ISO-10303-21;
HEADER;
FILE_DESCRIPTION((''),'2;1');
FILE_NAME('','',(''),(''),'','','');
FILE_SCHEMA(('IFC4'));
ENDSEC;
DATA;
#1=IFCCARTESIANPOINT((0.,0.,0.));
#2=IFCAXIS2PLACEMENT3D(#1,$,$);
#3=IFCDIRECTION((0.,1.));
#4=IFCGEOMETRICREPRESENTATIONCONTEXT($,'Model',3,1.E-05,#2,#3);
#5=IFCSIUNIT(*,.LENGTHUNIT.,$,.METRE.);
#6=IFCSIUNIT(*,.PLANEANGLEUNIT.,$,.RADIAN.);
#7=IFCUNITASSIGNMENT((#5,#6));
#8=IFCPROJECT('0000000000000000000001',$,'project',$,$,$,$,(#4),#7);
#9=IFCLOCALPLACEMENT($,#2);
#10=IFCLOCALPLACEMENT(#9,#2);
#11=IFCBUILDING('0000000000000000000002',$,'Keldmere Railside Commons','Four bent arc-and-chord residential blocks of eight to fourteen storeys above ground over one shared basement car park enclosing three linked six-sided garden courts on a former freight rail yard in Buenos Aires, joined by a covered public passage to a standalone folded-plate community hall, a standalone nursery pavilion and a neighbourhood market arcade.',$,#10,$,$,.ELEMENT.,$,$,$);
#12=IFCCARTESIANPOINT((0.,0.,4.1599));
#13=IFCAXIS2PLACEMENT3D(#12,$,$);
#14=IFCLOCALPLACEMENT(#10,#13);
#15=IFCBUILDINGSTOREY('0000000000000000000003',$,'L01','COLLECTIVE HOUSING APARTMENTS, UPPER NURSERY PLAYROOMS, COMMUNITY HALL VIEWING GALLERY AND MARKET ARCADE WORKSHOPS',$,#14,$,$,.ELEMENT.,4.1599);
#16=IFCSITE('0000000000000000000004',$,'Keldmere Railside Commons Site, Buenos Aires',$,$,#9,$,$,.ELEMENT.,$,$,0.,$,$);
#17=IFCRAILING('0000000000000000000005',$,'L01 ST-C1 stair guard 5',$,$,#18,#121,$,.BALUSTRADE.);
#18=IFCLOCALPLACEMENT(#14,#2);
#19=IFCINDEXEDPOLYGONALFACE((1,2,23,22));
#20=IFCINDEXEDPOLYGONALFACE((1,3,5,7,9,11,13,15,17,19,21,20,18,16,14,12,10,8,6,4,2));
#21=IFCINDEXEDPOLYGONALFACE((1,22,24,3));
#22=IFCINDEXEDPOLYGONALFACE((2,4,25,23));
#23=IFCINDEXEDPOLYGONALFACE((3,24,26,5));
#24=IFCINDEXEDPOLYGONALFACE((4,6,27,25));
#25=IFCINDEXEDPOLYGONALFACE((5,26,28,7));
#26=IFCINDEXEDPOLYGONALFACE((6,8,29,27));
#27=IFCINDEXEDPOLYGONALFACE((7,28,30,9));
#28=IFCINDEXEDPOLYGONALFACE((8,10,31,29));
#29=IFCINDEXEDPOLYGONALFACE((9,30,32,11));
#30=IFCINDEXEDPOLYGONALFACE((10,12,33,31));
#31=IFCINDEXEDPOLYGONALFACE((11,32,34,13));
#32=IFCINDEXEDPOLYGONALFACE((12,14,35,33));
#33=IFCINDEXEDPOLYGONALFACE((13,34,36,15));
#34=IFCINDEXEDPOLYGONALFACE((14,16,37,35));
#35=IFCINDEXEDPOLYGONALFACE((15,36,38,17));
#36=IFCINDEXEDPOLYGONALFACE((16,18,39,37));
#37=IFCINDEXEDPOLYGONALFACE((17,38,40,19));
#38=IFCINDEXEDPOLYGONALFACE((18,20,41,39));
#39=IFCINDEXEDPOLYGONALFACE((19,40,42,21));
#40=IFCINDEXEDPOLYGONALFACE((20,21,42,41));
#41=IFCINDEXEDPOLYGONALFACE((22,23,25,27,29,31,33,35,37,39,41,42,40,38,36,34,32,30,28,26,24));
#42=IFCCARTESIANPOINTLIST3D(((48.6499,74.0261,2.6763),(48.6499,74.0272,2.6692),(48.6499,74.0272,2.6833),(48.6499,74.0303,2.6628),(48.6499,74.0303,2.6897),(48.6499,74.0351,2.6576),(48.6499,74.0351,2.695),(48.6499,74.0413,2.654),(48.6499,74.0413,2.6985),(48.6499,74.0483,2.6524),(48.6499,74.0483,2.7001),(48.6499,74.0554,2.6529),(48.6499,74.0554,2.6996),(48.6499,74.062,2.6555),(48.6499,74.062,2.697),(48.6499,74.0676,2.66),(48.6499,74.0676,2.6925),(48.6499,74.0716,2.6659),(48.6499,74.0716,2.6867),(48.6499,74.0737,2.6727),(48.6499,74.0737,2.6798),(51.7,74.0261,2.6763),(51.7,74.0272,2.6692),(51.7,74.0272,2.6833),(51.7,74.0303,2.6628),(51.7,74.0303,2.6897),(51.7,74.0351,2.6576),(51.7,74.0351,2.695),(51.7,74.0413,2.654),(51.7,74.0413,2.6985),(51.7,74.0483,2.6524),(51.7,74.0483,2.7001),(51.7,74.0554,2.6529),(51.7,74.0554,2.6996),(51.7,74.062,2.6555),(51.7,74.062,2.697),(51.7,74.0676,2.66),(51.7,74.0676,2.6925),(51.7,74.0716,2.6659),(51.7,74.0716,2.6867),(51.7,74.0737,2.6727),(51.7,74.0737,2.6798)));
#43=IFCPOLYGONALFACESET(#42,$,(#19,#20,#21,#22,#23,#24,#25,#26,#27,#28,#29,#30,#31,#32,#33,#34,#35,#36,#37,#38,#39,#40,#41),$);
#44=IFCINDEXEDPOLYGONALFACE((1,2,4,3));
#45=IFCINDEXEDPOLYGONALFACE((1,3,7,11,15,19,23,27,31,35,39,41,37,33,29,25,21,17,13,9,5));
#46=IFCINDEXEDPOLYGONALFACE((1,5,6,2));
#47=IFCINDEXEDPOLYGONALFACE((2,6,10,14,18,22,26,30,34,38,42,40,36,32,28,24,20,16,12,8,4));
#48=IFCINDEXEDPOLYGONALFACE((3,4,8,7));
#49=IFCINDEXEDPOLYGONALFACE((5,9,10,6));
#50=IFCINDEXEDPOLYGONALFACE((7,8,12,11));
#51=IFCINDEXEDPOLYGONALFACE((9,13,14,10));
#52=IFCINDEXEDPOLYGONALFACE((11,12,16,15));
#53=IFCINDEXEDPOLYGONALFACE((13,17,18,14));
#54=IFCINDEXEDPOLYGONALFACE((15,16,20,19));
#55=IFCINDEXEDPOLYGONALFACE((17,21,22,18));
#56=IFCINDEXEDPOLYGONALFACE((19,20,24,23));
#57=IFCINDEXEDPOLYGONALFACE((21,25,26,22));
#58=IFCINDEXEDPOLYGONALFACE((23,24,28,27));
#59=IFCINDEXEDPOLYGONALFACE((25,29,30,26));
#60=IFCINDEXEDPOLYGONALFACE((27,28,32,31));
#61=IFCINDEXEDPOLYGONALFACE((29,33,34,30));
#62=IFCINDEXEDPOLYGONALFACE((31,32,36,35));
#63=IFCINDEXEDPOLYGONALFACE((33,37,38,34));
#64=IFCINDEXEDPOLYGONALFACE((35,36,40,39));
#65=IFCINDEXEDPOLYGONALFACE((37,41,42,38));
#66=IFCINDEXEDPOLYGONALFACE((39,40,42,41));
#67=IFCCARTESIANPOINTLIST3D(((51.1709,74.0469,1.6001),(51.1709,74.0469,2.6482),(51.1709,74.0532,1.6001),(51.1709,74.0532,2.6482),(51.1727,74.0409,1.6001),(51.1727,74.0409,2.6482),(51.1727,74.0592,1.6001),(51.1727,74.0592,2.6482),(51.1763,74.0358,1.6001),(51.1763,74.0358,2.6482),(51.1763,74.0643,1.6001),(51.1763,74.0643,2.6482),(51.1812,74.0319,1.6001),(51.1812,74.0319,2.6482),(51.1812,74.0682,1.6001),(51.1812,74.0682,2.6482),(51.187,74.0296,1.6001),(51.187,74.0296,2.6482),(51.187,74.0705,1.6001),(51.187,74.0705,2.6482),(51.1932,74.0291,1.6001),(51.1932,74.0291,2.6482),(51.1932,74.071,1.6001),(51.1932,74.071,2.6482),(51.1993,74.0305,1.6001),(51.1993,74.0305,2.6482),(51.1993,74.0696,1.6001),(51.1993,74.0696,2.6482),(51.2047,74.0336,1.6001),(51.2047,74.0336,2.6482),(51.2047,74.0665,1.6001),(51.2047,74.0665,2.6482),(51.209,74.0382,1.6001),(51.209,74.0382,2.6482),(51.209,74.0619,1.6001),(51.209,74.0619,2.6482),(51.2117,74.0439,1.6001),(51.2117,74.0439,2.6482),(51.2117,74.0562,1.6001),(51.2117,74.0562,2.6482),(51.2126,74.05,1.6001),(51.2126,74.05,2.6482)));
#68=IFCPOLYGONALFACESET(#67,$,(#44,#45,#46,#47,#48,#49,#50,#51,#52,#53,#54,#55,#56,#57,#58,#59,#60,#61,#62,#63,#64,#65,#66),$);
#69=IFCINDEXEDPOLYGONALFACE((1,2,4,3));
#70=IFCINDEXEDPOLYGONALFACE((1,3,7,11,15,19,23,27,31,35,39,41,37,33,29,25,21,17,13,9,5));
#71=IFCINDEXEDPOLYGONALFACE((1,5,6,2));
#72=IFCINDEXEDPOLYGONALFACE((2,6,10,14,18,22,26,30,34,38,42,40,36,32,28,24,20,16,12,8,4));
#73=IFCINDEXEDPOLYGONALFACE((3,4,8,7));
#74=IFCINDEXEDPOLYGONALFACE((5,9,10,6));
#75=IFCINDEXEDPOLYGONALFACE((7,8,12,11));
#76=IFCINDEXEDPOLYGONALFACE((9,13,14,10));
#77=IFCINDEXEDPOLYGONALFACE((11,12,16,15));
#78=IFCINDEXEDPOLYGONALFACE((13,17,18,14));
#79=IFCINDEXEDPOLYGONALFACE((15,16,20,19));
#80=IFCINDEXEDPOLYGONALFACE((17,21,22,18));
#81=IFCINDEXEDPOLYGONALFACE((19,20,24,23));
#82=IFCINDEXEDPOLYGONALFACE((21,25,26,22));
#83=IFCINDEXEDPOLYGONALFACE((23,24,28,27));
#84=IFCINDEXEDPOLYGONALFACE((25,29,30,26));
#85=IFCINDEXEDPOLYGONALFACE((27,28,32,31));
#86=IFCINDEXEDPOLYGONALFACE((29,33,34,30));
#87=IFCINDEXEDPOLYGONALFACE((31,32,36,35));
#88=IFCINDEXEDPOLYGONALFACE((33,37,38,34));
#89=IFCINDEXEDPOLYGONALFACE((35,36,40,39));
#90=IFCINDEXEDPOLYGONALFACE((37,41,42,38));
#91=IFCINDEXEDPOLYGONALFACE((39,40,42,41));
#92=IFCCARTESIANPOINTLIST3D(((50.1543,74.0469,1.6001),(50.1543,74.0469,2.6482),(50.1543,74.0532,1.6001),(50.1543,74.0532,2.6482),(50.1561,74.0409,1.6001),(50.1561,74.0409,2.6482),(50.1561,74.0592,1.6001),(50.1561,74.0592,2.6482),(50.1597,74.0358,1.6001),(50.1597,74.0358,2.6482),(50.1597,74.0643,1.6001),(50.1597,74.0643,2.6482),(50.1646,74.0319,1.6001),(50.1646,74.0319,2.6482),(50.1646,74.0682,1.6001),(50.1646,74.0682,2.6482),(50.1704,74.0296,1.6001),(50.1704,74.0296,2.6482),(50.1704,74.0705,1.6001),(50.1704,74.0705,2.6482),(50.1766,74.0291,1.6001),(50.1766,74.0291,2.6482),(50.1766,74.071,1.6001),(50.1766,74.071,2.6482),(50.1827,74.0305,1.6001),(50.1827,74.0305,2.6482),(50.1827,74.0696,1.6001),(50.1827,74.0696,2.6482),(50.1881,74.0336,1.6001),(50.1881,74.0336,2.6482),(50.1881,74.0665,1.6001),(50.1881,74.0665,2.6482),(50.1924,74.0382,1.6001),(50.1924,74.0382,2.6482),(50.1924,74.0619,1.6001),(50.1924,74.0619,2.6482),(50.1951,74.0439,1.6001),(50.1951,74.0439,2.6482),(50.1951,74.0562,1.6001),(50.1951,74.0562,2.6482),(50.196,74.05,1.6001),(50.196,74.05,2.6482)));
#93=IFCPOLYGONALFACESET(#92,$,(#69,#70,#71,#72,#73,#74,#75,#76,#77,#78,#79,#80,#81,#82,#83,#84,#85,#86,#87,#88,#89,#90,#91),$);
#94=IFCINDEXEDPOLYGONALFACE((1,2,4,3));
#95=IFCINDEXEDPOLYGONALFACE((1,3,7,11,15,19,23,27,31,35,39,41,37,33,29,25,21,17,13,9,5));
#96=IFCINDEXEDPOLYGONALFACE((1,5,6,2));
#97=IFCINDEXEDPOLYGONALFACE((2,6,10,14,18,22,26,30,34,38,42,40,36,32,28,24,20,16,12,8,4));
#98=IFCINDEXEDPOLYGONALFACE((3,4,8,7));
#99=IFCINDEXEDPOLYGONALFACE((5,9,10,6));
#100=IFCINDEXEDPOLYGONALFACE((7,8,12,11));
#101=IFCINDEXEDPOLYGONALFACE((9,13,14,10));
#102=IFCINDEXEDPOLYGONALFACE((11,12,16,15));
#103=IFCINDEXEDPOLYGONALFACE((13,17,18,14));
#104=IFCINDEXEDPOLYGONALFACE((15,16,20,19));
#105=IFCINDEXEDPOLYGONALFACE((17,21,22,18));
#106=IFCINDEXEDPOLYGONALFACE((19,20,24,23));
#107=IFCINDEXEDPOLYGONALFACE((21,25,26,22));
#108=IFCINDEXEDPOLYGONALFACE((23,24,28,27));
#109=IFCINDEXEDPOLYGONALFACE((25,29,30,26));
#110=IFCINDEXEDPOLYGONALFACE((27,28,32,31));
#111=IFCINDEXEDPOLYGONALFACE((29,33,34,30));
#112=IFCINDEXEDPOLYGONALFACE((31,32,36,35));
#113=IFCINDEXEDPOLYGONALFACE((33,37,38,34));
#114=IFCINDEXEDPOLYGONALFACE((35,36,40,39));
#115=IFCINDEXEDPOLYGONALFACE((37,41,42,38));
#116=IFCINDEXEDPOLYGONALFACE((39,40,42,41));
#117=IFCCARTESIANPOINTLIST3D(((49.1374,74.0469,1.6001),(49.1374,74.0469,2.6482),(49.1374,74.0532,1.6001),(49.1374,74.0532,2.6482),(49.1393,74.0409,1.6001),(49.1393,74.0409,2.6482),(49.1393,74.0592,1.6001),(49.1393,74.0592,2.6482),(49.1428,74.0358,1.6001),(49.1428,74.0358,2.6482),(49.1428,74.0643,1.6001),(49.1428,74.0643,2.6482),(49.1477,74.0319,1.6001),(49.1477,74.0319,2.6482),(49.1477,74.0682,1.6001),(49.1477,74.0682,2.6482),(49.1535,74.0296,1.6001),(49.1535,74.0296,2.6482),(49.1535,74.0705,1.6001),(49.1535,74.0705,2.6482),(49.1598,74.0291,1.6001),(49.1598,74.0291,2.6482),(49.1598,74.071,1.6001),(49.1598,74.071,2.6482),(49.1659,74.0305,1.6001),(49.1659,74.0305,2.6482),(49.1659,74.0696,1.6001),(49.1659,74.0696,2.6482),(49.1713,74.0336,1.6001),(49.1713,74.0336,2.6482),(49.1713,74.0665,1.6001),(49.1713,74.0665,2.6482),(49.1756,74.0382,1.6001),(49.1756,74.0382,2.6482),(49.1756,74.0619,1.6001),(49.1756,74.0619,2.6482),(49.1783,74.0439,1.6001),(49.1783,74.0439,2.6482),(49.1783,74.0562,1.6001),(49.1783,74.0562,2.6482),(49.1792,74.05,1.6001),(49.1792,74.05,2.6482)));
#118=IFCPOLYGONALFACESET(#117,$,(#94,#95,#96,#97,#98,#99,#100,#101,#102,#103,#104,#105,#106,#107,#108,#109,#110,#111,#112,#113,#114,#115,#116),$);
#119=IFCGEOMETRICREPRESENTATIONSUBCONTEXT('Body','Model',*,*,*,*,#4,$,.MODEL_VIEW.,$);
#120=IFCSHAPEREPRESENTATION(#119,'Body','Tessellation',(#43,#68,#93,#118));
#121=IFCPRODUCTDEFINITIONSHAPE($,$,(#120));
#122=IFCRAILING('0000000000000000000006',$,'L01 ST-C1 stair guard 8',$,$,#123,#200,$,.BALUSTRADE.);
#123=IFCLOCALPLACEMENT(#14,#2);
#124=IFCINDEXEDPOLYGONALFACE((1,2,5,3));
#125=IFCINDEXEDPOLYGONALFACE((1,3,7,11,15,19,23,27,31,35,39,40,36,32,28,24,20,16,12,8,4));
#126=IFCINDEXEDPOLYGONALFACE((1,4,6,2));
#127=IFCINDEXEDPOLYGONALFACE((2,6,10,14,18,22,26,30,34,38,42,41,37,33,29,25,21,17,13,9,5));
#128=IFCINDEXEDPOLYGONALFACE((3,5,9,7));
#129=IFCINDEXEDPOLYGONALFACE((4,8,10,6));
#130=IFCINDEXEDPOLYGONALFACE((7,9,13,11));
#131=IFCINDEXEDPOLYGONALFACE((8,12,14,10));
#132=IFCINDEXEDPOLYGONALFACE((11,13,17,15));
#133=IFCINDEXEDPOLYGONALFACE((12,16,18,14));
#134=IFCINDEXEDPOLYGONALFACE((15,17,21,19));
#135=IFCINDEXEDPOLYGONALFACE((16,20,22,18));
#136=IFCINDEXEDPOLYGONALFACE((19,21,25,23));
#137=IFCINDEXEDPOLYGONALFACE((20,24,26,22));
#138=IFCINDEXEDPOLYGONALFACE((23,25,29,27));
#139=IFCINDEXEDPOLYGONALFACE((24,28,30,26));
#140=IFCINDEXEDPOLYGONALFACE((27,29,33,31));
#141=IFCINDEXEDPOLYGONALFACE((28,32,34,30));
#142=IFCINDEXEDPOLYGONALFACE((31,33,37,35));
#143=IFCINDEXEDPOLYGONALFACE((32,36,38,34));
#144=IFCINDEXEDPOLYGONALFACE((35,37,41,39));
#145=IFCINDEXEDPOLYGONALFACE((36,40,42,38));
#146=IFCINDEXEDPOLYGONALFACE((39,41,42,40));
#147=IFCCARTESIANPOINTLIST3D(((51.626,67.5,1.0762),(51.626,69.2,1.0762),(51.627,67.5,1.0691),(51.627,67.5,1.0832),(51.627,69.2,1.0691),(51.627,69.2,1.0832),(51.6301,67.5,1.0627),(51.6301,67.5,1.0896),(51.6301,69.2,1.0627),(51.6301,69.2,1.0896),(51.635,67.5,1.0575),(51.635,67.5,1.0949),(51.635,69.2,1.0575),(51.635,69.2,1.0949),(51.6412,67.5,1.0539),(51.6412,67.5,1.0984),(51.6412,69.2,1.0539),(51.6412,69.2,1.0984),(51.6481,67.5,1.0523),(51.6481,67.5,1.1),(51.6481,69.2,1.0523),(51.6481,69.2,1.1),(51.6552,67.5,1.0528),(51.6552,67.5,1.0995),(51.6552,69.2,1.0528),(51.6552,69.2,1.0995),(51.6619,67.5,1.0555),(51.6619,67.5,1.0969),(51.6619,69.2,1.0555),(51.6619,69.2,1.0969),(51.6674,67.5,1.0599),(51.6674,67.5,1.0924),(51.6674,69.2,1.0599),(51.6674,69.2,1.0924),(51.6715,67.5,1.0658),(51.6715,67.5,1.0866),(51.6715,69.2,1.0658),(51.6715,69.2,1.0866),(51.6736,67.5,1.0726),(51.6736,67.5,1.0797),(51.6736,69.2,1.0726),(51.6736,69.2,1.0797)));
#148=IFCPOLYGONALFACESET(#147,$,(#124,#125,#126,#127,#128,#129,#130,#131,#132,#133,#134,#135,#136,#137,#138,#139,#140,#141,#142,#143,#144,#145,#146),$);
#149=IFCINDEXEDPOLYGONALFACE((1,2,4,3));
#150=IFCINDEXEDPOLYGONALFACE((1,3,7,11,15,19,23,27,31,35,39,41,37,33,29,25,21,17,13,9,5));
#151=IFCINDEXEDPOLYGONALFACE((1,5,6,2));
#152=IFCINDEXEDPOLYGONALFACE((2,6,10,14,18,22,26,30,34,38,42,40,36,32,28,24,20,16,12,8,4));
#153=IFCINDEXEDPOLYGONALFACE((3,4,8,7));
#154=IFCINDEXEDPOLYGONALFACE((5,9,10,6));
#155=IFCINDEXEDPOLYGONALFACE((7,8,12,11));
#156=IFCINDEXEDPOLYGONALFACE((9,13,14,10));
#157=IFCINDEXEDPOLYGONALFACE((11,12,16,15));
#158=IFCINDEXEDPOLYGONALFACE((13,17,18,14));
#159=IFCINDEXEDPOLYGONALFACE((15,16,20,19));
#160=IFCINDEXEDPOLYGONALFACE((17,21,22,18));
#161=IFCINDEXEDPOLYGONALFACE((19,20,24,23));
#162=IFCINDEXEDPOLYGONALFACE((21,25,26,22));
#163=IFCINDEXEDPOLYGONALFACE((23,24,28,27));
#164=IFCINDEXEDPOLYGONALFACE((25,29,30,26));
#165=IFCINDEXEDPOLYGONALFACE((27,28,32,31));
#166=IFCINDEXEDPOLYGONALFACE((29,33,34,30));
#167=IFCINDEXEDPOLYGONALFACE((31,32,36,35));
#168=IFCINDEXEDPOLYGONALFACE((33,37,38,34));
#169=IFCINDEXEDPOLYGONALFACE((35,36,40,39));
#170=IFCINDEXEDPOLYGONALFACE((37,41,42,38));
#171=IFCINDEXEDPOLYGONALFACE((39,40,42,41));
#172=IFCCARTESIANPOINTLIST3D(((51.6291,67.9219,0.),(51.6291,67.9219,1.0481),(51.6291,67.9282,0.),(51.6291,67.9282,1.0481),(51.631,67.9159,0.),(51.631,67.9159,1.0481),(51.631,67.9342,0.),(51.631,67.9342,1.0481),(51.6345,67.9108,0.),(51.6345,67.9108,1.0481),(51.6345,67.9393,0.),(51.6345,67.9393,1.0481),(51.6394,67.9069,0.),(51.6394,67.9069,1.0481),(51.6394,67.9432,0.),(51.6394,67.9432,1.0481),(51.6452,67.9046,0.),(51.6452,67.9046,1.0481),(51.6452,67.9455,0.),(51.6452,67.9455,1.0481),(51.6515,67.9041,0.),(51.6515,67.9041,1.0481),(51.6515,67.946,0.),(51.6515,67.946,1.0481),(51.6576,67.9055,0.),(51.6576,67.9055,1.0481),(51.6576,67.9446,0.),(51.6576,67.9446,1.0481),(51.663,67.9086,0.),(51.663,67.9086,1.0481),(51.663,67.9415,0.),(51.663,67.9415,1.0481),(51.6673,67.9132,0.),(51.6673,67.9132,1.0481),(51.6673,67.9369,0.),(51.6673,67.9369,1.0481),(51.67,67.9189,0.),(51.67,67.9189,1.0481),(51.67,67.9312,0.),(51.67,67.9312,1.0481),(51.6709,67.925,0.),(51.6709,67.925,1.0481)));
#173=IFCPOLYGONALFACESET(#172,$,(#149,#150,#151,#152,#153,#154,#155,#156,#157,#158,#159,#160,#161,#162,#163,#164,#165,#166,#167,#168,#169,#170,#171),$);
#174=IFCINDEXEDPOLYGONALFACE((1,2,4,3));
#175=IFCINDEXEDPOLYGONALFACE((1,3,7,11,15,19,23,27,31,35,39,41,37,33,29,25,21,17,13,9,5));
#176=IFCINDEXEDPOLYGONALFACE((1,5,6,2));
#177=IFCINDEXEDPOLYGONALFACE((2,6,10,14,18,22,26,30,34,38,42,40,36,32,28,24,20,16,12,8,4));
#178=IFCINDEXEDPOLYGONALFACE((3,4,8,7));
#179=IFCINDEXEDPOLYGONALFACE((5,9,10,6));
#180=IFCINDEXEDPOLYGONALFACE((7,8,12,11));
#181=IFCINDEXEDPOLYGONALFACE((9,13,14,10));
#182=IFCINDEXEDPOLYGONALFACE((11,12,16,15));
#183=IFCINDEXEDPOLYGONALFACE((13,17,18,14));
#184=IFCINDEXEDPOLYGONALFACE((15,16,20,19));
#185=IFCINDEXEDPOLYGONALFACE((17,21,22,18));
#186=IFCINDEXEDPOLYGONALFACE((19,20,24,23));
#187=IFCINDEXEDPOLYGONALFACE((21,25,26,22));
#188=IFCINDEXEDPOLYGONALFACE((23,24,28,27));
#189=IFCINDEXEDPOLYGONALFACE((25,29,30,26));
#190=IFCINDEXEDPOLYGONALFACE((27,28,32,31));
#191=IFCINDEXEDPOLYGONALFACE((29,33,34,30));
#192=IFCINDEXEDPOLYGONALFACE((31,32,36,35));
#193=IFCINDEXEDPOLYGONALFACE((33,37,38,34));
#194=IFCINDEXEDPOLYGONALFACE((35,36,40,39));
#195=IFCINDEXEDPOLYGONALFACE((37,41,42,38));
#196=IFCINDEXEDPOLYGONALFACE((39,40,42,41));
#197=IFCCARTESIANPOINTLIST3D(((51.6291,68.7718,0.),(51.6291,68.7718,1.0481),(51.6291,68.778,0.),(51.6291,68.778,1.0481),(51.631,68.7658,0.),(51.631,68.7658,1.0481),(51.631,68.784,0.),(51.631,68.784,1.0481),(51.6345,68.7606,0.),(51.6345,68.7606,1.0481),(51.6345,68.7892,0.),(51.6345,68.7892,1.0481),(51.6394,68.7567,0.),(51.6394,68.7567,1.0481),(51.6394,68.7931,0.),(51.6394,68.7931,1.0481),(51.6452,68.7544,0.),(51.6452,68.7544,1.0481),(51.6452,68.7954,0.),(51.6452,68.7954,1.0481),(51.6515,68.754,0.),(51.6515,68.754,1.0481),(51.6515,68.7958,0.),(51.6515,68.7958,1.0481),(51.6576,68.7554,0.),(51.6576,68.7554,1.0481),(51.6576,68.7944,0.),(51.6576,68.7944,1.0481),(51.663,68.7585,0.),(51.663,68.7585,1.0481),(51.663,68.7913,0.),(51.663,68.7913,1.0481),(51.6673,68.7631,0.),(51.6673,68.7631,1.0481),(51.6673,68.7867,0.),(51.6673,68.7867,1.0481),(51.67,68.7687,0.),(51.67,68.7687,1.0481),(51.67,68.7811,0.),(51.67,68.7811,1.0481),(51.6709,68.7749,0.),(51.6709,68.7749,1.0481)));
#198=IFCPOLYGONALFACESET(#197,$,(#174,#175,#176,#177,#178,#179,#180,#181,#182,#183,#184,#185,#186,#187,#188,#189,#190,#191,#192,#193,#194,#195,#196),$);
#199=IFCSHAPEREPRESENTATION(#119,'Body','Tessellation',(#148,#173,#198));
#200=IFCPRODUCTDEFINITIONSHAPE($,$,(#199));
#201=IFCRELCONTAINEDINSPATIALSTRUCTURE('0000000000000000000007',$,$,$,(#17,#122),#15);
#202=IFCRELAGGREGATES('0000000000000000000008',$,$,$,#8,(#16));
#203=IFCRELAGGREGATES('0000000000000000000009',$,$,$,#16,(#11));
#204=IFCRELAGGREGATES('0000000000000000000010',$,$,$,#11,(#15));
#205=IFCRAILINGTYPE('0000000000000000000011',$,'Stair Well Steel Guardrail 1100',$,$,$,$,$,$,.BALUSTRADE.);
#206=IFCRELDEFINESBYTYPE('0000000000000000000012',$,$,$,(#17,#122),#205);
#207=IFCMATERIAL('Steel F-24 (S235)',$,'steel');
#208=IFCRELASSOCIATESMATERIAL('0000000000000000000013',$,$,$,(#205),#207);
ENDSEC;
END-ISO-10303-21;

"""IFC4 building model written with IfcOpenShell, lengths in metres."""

from ifc_helpers import new_model, si_unit, direction, frame, origin, origin_2d, place, context, subcontext, project, spatial, circle, extrude, material, type_object, element, save


model = new_model("IFC4")

# Units and contexts
model_context = context("Model", 3, precision=1e-05, world=origin(), true_north=direction((0.0, 1.0)))
body_context = subcontext(model_context, "Body", "Model", "MODEL_VIEW")
ifc_project = project(units=[si_unit("LENGTHUNIT", "METRE"), si_unit("PLANEANGLEUNIT", "RADIAN")], contexts=[model_context])

# Site, building, storey
site_placement = place(None, origin())
site = spatial("IfcSite", under=ifc_project, at=site_placement, Name="Keldmere Railside Commons Site, Buenos Aires", CompositionType="ELEMENT", RefElevation=0.0)
building_placement = place(site_placement, origin())
building = spatial("IfcBuilding", under=site, at=building_placement, Name="Keldmere Railside Commons", Description="Four bent arc-and-chord residential blocks of eight to fourteen storeys above ground over one shared basement car park enclosing three linked six-sided garden courts on a former freight rail yard in Buenos Aires, joined by a covered public passage to a standalone folded-plate community hall, a standalone nursery pavilion and a neighbourhood market arcade.", CompositionType="ELEMENT")
storey_placement = place(building_placement, frame((0.0, 0.0, 4.1599)))
storey = spatial("IfcBuildingStorey", under=building, at=storey_placement, Name="L01", Description="COLLECTIVE HOUSING APARTMENTS, UPPER NURSERY PLAYROOMS, COMMUNITY HALL VIEWING GALLERY AND MARKET ARCADE WORKSHOPS", CompositionType="ELEMENT", Elevation=4.1599)

# Shared definitions
ifc_material_1 = material(Name="Steel F-24 (S235)", Category="steel")

# Railings
railing_type_1 = type_object("IfcRailingType", Name="Stair Well Steel Guardrail 1100", PredefinedType="BALUSTRADE", material=ifc_material_1)
railing_1_placement = place(storey_placement, frame((51.7, 74.05, 1.6001)))
element("IfcRailing", 1, at=railing_1_placement, inside=storey, type_object=railing_type_1, Name="L01 ST-C1 stair guard 5", PredefinedType="BALUSTRADE", context=body_context, shape_type="SweptSolid", body=[
    extrude(circle(Radius=0.0239, at=origin_2d()), frame((0.0, 0.0, 1.0762), z_axis=(-1.0, 0.0, 0.0), x_axis=(0.0, -1.0, 0.0)), (0.0, 0.0, 1.0), 3.05),
    extrude(circle(Radius=0.021, at=origin_2d()), frame((-0.5083, 0.0, 0.0)), (0.0, 0.0, 1.0), 1.0481),
    extrude(circle(Radius=0.021, at=origin_2d()), frame((-1.5249, 0.0, 0.0)), (0.0, 0.0, 1.0), 1.0481),
    extrude(circle(Radius=0.021, at=origin_2d()), frame((-2.5417, 0.0, 0.0)), (0.0, 0.0, 1.0), 1.0481),
])
railing_2_placement = place(storey_placement, frame((51.6499, 67.5, 0.0)))
element("IfcRailing", 2, at=railing_2_placement, inside=storey, type_object=railing_type_1, Name="L01 ST-C1 stair guard 8", PredefinedType="BALUSTRADE", context=body_context, shape_type="SweptSolid", body=[
    extrude(circle(Radius=0.0239, at=origin_2d()), frame((0.0, 0.0, 1.0762), z_axis=(0.0, 1.0, 0.0), x_axis=(-1.0, 0.0, 0.0)), (0.0, 0.0, 1.0), 1.7),
    extrude(circle(Radius=0.021, at=origin_2d()), frame((0.0, 0.425, 0.0)), (0.0, 0.0, 1.0), 1.0481),
    extrude(circle(Radius=0.021, at=origin_2d()), frame((0.0, 1.2749, 0.0)), (0.0, 0.0, 1.0), 1.0481),
])

save(model, "model.ifc")
